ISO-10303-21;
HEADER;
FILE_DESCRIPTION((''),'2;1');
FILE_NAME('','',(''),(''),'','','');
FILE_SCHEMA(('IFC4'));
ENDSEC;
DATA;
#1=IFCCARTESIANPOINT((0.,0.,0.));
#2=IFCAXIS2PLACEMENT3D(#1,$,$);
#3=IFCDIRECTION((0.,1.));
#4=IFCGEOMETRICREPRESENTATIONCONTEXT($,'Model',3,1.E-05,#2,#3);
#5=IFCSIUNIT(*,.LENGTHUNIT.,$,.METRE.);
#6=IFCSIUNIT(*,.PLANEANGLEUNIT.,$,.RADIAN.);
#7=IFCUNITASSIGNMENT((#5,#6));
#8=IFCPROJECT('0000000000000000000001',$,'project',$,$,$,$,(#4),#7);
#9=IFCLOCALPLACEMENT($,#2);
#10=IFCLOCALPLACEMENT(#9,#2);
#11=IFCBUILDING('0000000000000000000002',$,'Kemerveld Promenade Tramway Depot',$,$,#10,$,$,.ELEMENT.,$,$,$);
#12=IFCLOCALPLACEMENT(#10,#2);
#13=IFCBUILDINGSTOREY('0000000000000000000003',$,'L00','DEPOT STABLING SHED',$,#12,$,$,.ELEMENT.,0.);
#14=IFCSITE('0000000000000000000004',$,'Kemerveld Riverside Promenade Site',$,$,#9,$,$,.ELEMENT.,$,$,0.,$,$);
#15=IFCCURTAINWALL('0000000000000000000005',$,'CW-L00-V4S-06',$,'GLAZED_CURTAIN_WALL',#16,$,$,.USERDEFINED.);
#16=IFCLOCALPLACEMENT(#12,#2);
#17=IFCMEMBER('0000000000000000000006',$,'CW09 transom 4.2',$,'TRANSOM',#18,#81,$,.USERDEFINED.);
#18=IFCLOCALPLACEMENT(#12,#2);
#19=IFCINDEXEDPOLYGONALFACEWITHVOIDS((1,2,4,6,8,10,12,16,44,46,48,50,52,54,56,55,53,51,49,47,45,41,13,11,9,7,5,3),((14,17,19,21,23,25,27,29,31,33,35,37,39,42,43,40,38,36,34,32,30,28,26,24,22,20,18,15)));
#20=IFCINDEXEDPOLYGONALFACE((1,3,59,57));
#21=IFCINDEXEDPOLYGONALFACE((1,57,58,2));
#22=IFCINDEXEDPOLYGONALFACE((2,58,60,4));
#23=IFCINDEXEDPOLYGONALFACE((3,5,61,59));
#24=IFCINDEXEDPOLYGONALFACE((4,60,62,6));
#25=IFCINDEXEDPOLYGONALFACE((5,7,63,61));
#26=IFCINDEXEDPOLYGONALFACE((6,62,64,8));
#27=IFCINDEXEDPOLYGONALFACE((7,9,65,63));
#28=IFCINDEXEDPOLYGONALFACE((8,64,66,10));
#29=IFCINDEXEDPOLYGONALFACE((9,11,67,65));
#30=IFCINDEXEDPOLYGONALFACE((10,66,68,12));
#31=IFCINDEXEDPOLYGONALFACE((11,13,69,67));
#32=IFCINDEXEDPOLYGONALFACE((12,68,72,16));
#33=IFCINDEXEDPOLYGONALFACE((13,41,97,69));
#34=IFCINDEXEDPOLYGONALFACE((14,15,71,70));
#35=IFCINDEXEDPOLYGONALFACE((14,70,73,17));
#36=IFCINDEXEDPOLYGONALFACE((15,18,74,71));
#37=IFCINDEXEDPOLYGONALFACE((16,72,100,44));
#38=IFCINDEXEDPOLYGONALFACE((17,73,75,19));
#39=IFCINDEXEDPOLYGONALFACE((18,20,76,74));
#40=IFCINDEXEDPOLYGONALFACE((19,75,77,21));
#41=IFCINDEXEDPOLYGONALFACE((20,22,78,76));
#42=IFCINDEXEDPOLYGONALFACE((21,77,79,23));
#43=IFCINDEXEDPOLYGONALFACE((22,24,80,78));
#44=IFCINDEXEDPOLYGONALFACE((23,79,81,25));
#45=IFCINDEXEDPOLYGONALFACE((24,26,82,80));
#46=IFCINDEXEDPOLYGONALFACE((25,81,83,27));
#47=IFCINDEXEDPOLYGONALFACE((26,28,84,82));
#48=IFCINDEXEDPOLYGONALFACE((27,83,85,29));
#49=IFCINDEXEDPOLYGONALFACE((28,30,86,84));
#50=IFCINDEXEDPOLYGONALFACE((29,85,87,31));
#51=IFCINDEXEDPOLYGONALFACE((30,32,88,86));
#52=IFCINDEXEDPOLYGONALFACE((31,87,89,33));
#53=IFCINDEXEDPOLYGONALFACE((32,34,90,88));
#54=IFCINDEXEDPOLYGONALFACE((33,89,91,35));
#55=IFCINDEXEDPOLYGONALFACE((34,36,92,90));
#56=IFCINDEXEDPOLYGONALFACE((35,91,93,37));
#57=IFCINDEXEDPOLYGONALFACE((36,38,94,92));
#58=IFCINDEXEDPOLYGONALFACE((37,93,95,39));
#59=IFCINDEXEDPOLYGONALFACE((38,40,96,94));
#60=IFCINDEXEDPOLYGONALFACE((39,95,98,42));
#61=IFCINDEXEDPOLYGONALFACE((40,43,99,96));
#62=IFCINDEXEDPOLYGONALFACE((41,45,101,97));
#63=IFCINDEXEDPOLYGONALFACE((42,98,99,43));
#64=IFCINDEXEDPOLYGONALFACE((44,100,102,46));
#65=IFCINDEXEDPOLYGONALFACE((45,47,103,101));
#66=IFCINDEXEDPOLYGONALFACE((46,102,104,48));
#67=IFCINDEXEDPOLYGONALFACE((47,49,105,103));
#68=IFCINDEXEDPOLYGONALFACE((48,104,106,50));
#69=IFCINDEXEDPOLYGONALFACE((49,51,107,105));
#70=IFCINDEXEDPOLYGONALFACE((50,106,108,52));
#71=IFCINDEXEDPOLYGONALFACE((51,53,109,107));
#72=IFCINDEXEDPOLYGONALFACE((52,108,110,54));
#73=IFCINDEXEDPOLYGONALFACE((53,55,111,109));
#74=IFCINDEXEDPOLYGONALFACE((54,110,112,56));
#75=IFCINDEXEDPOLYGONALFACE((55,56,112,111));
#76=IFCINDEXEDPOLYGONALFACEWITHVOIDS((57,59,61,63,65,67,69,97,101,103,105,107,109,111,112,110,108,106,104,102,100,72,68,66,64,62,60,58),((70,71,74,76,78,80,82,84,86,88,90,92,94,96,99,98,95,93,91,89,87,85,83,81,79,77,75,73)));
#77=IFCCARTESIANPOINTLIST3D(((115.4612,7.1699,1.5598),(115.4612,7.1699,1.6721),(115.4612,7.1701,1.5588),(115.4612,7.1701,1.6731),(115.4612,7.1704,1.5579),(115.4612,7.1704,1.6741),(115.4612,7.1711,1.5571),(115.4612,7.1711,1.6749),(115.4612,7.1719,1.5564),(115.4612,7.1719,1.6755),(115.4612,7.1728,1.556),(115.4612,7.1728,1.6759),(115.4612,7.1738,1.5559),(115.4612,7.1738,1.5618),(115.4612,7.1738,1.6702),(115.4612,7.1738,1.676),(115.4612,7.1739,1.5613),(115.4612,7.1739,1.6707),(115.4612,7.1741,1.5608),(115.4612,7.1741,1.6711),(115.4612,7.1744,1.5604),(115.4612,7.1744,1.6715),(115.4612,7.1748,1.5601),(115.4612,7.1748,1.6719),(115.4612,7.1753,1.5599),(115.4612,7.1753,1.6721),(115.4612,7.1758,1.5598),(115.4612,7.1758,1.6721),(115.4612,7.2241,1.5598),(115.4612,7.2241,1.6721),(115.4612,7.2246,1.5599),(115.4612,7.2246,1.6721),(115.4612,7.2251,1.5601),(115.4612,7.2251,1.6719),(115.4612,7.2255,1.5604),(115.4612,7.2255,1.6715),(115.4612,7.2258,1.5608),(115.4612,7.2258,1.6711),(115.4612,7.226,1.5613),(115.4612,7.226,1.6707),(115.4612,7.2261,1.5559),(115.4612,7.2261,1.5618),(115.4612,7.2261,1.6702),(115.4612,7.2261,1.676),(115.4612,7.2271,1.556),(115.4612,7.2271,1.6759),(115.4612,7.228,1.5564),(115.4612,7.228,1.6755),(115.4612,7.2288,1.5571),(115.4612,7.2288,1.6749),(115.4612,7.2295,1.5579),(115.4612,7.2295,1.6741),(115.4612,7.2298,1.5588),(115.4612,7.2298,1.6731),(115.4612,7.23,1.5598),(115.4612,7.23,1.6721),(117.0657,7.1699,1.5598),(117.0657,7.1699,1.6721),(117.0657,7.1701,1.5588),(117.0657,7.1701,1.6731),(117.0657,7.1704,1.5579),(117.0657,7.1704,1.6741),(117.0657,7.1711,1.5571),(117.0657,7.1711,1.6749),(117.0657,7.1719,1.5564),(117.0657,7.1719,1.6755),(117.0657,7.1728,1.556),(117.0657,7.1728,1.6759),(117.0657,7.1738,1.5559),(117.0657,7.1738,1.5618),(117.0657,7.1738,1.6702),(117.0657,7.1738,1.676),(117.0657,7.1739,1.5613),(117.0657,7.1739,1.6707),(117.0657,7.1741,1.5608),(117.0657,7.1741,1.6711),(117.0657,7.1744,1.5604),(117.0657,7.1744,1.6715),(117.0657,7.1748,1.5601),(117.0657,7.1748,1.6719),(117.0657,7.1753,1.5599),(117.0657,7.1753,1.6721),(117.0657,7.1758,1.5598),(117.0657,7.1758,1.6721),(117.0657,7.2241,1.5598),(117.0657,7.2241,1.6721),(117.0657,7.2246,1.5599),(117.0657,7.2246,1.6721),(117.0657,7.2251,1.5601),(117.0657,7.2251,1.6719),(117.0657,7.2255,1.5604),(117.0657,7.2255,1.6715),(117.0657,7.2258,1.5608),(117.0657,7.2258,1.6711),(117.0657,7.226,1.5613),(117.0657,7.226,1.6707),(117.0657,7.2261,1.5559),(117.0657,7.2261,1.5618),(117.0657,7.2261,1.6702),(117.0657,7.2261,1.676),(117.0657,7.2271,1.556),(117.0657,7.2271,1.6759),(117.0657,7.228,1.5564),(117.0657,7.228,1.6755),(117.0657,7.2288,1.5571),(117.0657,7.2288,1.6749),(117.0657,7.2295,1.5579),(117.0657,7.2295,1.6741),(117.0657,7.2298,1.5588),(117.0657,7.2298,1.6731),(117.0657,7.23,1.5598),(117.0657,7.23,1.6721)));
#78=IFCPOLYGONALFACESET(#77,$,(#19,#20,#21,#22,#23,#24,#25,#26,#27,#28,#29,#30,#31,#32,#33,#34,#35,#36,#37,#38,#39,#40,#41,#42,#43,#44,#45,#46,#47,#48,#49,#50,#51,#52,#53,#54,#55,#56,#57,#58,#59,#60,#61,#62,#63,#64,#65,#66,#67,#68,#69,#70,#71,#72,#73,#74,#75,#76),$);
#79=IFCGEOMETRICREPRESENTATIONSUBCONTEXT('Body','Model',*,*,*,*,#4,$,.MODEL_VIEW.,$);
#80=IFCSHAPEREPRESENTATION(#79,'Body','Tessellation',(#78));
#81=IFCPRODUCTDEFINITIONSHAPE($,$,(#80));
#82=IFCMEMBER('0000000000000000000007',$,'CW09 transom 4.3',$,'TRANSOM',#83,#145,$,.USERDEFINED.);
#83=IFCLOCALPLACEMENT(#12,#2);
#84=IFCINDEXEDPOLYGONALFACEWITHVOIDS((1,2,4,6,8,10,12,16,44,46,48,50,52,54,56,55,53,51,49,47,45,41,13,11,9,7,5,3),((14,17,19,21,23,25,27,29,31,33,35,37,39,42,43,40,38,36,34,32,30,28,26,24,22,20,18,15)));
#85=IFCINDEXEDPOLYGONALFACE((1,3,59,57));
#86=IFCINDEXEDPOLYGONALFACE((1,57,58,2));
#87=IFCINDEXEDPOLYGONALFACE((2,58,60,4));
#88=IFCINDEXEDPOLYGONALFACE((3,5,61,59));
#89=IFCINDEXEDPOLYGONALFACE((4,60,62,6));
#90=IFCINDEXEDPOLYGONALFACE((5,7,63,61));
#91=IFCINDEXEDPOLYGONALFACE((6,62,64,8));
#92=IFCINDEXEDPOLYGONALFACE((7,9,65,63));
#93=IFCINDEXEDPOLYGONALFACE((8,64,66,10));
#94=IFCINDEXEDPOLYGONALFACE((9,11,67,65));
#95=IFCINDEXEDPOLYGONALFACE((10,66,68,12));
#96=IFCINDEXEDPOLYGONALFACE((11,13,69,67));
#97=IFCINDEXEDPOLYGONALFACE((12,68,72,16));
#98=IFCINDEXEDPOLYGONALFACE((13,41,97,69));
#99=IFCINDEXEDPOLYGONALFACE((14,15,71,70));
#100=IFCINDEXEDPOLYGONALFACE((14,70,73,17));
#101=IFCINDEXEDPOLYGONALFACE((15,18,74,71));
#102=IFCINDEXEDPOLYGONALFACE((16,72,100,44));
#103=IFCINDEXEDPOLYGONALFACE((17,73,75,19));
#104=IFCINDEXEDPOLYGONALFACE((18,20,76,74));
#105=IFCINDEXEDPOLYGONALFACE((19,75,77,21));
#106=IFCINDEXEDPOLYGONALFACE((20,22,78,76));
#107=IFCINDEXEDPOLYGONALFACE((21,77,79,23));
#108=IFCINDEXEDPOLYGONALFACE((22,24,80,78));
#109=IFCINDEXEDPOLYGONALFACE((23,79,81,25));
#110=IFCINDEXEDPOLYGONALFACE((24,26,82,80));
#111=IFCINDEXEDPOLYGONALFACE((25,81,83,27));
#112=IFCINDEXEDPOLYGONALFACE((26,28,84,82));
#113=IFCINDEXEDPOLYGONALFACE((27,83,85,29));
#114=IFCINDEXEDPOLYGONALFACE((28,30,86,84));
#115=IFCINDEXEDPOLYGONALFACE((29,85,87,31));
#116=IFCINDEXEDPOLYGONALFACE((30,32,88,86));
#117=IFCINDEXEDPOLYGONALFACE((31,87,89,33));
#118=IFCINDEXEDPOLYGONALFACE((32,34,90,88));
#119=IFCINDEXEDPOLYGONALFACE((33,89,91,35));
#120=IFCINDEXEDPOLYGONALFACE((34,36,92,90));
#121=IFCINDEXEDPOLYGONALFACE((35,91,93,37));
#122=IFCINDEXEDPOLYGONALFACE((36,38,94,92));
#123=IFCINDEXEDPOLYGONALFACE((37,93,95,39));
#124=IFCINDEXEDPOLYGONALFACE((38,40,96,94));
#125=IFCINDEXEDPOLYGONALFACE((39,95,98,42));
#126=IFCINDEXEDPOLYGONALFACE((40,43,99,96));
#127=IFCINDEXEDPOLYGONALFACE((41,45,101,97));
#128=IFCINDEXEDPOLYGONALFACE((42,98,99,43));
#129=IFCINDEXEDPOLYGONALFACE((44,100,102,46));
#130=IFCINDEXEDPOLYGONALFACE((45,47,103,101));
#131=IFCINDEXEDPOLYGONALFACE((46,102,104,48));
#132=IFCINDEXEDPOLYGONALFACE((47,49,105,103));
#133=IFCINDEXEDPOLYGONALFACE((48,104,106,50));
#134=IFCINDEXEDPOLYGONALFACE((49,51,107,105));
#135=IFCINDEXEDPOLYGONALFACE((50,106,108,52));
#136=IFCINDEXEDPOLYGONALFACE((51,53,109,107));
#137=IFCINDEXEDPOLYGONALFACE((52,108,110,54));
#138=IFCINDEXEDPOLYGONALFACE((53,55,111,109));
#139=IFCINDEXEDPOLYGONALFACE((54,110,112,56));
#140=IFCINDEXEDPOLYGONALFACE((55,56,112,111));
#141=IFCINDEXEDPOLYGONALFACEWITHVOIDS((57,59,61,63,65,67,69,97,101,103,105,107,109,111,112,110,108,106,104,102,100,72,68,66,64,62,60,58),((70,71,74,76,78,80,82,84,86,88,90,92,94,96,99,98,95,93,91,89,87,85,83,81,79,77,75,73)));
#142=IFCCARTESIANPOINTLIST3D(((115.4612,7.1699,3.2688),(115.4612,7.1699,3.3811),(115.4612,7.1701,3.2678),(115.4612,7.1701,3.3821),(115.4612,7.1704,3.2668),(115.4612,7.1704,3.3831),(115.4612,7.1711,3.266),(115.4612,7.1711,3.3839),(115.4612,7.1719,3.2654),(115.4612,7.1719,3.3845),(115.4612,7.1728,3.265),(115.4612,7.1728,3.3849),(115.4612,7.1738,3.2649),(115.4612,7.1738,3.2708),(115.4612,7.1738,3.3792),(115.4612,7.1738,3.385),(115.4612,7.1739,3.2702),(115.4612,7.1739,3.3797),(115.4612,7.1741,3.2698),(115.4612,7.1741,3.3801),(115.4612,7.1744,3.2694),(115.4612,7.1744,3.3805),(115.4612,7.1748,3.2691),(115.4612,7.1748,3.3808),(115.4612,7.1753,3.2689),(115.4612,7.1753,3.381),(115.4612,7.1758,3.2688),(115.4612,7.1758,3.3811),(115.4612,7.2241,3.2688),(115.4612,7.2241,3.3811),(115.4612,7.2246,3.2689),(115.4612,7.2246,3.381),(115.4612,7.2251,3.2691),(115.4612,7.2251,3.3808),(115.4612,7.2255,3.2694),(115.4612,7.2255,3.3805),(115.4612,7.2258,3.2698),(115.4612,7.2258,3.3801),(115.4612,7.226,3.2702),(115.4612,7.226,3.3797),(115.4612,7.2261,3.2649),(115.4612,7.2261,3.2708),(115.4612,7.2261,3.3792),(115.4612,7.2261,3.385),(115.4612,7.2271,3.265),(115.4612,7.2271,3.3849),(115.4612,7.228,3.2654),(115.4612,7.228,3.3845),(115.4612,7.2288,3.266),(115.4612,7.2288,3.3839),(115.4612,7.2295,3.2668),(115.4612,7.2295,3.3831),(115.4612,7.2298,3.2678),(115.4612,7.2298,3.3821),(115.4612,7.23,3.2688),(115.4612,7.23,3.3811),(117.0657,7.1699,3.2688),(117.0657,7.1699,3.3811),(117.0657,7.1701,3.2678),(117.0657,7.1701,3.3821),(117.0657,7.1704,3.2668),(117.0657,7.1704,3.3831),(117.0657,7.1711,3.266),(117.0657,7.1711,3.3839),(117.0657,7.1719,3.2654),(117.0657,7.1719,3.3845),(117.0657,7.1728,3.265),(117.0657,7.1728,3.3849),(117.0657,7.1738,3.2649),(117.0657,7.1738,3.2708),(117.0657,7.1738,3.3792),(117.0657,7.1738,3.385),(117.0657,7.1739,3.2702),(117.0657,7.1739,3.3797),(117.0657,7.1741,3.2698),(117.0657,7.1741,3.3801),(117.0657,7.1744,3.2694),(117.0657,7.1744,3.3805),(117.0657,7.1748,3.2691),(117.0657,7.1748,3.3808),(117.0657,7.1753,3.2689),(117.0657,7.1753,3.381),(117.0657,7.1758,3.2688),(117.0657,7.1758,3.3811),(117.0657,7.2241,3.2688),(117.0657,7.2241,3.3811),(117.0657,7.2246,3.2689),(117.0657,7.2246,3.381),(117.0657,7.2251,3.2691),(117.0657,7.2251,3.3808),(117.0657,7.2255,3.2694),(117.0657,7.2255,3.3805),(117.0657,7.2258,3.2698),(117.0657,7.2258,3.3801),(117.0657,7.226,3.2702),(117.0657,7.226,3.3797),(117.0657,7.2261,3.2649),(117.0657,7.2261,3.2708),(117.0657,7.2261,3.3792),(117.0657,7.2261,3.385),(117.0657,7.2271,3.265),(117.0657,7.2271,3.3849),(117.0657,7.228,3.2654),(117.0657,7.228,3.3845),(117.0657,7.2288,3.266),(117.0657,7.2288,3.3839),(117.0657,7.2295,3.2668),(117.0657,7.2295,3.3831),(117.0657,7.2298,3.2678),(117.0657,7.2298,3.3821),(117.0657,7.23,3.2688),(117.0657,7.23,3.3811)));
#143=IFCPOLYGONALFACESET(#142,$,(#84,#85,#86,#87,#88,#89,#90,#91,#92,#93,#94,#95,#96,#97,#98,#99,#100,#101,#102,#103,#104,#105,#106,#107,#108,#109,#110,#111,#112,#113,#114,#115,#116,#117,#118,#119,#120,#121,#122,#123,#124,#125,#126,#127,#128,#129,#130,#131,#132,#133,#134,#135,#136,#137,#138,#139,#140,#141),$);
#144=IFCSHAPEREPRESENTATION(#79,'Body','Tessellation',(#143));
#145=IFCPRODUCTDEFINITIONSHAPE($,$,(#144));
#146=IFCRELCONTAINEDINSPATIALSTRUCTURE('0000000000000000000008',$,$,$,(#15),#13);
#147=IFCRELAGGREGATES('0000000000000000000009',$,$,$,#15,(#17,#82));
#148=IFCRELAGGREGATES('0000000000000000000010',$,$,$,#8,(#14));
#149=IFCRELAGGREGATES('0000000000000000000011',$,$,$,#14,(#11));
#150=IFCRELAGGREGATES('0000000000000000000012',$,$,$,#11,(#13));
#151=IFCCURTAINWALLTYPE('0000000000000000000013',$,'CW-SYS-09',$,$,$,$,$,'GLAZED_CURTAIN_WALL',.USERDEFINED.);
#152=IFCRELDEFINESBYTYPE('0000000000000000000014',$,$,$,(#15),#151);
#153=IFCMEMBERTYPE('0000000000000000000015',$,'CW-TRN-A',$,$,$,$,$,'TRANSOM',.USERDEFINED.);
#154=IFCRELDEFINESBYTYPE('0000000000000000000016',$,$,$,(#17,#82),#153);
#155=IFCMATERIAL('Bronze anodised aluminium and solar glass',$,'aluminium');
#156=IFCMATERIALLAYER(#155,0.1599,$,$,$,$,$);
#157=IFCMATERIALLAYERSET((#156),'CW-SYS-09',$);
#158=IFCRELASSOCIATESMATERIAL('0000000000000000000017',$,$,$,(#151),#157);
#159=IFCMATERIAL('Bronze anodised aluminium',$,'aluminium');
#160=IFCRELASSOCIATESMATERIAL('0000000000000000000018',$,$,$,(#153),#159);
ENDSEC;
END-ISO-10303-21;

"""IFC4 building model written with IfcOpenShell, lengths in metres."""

from ifc_helpers import new_model, si_unit, direction, frame, origin, origin_2d, place, context, subcontext, project, spatial, hollow_rectangle, extrude, material, layer, layer_set, material_profile, profile_set, type_object, element, aggregate, save


model = new_model("IFC4")

# Units and contexts
model_context = context("Model", 3, precision=1e-05, world=origin(), true_north=direction((0.0, 1.0)))
body_context = subcontext(model_context, "Body", "Model", "MODEL_VIEW")
ifc_project = project(units=[si_unit("LENGTHUNIT", "METRE"), si_unit("PLANEANGLEUNIT", "RADIAN")], contexts=[model_context])

# Site, building, storey
site_placement = place(None, origin())
site = spatial("IfcSite", under=ifc_project, at=site_placement, Name="Kemerveld Riverside Promenade Site", CompositionType="ELEMENT", RefElevation=0.0)
building_placement = place(site_placement, origin())
building = spatial("IfcBuilding", under=site, at=building_placement, Name="Kemerveld Promenade Tramway Depot", CompositionType="ELEMENT")
storey_placement = place(building_placement, origin())
storey = spatial("IfcBuildingStorey", under=building, at=storey_placement, Name="L00", Description="DEPOT STABLING SHED", CompositionType="ELEMENT", Elevation=0.0)

# Curtain wall, members
ifc_material_1 = material(Name="Bronze anodised aluminium and solar glass", Category="aluminium")
ifc_layer_1 = layer(ifc_material_1, 0.1599)
ifc_layer_set_1 = layer_set([ifc_layer_1], Name="CW-SYS-09")
curtain_wall_type = type_object("IfcCurtainWallType", Name="CW-SYS-09", ElementType="GLAZED_CURTAIN_WALL", PredefinedType="USERDEFINED", material=ifc_layer_set_1)
curtain_wall_placement = place(storey_placement, origin())
curtain_wall = element("IfcCurtainWall", 1, at=curtain_wall_placement, inside=storey, type_object=curtain_wall_type, Name="CW-L00-V4S-06", ObjectType="GLAZED_CURTAIN_WALL", PredefinedType="USERDEFINED")
ifc_material_2 = material(Name="Bronze anodised aluminium", Category="aluminium")
ifc_material_profile_1 = material_profile(ifc_material_2, hollow_rectangle(XDim=0.0601, YDim=0.1201, WallThickness=0.0039, InnerFilletRadius=0.002, OuterFilletRadius=0.0039, at=origin_2d()), Name="CW-TRN-120x60")
ifc_profile_set_1 = profile_set([ifc_material_profile_1], Name="Bronze anodised aluminium")
member_type_1 = type_object("IfcMemberType", Name="CW-TRN-A", ElementType="TRANSOM", PredefinedType="USERDEFINED", material=ifc_profile_set_1)
member_1_placement = place(storey_placement, frame((117.0657, 7.2, 1.616), z_axis=(-1.0, 0.0, 0.0), x_axis=(0.0, -1.0, 0.0)))
member_1 = element("IfcMember", 2, at=member_1_placement, type_object=member_type_1, Name="CW09 transom 4.2", ObjectType="TRANSOM", PredefinedType="USERDEFINED", context=body_context, shape_type="SweptSolid", body=[
    extrude(hollow_rectangle(XDim=0.0601, YDim=0.1201, WallThickness=0.0039, InnerFilletRadius=0.002, OuterFilletRadius=0.0039, at=origin_2d()), origin(), (0.0, 0.0, 1.0), 1.6045),
])
member_2_placement = place(storey_placement, frame((117.0657, 7.2, 3.325), z_axis=(-1.0, 0.0, 0.0), x_axis=(0.0, -1.0, 0.0)))
member_2 = element("IfcMember", 3, at=member_2_placement, type_object=member_type_1, Name="CW09 transom 4.3", ObjectType="TRANSOM", PredefinedType="USERDEFINED", context=body_context, shape_type="SweptSolid", body=[
    extrude(hollow_rectangle(XDim=0.0601, YDim=0.1201, WallThickness=0.0039, InnerFilletRadius=0.002, OuterFilletRadius=0.0039, at=origin_2d()), origin(), (0.0, 0.0, 1.0), 1.6045),
])
aggregate(curtain_wall, [member_1, member_2])

save(model, "model.ifc")
